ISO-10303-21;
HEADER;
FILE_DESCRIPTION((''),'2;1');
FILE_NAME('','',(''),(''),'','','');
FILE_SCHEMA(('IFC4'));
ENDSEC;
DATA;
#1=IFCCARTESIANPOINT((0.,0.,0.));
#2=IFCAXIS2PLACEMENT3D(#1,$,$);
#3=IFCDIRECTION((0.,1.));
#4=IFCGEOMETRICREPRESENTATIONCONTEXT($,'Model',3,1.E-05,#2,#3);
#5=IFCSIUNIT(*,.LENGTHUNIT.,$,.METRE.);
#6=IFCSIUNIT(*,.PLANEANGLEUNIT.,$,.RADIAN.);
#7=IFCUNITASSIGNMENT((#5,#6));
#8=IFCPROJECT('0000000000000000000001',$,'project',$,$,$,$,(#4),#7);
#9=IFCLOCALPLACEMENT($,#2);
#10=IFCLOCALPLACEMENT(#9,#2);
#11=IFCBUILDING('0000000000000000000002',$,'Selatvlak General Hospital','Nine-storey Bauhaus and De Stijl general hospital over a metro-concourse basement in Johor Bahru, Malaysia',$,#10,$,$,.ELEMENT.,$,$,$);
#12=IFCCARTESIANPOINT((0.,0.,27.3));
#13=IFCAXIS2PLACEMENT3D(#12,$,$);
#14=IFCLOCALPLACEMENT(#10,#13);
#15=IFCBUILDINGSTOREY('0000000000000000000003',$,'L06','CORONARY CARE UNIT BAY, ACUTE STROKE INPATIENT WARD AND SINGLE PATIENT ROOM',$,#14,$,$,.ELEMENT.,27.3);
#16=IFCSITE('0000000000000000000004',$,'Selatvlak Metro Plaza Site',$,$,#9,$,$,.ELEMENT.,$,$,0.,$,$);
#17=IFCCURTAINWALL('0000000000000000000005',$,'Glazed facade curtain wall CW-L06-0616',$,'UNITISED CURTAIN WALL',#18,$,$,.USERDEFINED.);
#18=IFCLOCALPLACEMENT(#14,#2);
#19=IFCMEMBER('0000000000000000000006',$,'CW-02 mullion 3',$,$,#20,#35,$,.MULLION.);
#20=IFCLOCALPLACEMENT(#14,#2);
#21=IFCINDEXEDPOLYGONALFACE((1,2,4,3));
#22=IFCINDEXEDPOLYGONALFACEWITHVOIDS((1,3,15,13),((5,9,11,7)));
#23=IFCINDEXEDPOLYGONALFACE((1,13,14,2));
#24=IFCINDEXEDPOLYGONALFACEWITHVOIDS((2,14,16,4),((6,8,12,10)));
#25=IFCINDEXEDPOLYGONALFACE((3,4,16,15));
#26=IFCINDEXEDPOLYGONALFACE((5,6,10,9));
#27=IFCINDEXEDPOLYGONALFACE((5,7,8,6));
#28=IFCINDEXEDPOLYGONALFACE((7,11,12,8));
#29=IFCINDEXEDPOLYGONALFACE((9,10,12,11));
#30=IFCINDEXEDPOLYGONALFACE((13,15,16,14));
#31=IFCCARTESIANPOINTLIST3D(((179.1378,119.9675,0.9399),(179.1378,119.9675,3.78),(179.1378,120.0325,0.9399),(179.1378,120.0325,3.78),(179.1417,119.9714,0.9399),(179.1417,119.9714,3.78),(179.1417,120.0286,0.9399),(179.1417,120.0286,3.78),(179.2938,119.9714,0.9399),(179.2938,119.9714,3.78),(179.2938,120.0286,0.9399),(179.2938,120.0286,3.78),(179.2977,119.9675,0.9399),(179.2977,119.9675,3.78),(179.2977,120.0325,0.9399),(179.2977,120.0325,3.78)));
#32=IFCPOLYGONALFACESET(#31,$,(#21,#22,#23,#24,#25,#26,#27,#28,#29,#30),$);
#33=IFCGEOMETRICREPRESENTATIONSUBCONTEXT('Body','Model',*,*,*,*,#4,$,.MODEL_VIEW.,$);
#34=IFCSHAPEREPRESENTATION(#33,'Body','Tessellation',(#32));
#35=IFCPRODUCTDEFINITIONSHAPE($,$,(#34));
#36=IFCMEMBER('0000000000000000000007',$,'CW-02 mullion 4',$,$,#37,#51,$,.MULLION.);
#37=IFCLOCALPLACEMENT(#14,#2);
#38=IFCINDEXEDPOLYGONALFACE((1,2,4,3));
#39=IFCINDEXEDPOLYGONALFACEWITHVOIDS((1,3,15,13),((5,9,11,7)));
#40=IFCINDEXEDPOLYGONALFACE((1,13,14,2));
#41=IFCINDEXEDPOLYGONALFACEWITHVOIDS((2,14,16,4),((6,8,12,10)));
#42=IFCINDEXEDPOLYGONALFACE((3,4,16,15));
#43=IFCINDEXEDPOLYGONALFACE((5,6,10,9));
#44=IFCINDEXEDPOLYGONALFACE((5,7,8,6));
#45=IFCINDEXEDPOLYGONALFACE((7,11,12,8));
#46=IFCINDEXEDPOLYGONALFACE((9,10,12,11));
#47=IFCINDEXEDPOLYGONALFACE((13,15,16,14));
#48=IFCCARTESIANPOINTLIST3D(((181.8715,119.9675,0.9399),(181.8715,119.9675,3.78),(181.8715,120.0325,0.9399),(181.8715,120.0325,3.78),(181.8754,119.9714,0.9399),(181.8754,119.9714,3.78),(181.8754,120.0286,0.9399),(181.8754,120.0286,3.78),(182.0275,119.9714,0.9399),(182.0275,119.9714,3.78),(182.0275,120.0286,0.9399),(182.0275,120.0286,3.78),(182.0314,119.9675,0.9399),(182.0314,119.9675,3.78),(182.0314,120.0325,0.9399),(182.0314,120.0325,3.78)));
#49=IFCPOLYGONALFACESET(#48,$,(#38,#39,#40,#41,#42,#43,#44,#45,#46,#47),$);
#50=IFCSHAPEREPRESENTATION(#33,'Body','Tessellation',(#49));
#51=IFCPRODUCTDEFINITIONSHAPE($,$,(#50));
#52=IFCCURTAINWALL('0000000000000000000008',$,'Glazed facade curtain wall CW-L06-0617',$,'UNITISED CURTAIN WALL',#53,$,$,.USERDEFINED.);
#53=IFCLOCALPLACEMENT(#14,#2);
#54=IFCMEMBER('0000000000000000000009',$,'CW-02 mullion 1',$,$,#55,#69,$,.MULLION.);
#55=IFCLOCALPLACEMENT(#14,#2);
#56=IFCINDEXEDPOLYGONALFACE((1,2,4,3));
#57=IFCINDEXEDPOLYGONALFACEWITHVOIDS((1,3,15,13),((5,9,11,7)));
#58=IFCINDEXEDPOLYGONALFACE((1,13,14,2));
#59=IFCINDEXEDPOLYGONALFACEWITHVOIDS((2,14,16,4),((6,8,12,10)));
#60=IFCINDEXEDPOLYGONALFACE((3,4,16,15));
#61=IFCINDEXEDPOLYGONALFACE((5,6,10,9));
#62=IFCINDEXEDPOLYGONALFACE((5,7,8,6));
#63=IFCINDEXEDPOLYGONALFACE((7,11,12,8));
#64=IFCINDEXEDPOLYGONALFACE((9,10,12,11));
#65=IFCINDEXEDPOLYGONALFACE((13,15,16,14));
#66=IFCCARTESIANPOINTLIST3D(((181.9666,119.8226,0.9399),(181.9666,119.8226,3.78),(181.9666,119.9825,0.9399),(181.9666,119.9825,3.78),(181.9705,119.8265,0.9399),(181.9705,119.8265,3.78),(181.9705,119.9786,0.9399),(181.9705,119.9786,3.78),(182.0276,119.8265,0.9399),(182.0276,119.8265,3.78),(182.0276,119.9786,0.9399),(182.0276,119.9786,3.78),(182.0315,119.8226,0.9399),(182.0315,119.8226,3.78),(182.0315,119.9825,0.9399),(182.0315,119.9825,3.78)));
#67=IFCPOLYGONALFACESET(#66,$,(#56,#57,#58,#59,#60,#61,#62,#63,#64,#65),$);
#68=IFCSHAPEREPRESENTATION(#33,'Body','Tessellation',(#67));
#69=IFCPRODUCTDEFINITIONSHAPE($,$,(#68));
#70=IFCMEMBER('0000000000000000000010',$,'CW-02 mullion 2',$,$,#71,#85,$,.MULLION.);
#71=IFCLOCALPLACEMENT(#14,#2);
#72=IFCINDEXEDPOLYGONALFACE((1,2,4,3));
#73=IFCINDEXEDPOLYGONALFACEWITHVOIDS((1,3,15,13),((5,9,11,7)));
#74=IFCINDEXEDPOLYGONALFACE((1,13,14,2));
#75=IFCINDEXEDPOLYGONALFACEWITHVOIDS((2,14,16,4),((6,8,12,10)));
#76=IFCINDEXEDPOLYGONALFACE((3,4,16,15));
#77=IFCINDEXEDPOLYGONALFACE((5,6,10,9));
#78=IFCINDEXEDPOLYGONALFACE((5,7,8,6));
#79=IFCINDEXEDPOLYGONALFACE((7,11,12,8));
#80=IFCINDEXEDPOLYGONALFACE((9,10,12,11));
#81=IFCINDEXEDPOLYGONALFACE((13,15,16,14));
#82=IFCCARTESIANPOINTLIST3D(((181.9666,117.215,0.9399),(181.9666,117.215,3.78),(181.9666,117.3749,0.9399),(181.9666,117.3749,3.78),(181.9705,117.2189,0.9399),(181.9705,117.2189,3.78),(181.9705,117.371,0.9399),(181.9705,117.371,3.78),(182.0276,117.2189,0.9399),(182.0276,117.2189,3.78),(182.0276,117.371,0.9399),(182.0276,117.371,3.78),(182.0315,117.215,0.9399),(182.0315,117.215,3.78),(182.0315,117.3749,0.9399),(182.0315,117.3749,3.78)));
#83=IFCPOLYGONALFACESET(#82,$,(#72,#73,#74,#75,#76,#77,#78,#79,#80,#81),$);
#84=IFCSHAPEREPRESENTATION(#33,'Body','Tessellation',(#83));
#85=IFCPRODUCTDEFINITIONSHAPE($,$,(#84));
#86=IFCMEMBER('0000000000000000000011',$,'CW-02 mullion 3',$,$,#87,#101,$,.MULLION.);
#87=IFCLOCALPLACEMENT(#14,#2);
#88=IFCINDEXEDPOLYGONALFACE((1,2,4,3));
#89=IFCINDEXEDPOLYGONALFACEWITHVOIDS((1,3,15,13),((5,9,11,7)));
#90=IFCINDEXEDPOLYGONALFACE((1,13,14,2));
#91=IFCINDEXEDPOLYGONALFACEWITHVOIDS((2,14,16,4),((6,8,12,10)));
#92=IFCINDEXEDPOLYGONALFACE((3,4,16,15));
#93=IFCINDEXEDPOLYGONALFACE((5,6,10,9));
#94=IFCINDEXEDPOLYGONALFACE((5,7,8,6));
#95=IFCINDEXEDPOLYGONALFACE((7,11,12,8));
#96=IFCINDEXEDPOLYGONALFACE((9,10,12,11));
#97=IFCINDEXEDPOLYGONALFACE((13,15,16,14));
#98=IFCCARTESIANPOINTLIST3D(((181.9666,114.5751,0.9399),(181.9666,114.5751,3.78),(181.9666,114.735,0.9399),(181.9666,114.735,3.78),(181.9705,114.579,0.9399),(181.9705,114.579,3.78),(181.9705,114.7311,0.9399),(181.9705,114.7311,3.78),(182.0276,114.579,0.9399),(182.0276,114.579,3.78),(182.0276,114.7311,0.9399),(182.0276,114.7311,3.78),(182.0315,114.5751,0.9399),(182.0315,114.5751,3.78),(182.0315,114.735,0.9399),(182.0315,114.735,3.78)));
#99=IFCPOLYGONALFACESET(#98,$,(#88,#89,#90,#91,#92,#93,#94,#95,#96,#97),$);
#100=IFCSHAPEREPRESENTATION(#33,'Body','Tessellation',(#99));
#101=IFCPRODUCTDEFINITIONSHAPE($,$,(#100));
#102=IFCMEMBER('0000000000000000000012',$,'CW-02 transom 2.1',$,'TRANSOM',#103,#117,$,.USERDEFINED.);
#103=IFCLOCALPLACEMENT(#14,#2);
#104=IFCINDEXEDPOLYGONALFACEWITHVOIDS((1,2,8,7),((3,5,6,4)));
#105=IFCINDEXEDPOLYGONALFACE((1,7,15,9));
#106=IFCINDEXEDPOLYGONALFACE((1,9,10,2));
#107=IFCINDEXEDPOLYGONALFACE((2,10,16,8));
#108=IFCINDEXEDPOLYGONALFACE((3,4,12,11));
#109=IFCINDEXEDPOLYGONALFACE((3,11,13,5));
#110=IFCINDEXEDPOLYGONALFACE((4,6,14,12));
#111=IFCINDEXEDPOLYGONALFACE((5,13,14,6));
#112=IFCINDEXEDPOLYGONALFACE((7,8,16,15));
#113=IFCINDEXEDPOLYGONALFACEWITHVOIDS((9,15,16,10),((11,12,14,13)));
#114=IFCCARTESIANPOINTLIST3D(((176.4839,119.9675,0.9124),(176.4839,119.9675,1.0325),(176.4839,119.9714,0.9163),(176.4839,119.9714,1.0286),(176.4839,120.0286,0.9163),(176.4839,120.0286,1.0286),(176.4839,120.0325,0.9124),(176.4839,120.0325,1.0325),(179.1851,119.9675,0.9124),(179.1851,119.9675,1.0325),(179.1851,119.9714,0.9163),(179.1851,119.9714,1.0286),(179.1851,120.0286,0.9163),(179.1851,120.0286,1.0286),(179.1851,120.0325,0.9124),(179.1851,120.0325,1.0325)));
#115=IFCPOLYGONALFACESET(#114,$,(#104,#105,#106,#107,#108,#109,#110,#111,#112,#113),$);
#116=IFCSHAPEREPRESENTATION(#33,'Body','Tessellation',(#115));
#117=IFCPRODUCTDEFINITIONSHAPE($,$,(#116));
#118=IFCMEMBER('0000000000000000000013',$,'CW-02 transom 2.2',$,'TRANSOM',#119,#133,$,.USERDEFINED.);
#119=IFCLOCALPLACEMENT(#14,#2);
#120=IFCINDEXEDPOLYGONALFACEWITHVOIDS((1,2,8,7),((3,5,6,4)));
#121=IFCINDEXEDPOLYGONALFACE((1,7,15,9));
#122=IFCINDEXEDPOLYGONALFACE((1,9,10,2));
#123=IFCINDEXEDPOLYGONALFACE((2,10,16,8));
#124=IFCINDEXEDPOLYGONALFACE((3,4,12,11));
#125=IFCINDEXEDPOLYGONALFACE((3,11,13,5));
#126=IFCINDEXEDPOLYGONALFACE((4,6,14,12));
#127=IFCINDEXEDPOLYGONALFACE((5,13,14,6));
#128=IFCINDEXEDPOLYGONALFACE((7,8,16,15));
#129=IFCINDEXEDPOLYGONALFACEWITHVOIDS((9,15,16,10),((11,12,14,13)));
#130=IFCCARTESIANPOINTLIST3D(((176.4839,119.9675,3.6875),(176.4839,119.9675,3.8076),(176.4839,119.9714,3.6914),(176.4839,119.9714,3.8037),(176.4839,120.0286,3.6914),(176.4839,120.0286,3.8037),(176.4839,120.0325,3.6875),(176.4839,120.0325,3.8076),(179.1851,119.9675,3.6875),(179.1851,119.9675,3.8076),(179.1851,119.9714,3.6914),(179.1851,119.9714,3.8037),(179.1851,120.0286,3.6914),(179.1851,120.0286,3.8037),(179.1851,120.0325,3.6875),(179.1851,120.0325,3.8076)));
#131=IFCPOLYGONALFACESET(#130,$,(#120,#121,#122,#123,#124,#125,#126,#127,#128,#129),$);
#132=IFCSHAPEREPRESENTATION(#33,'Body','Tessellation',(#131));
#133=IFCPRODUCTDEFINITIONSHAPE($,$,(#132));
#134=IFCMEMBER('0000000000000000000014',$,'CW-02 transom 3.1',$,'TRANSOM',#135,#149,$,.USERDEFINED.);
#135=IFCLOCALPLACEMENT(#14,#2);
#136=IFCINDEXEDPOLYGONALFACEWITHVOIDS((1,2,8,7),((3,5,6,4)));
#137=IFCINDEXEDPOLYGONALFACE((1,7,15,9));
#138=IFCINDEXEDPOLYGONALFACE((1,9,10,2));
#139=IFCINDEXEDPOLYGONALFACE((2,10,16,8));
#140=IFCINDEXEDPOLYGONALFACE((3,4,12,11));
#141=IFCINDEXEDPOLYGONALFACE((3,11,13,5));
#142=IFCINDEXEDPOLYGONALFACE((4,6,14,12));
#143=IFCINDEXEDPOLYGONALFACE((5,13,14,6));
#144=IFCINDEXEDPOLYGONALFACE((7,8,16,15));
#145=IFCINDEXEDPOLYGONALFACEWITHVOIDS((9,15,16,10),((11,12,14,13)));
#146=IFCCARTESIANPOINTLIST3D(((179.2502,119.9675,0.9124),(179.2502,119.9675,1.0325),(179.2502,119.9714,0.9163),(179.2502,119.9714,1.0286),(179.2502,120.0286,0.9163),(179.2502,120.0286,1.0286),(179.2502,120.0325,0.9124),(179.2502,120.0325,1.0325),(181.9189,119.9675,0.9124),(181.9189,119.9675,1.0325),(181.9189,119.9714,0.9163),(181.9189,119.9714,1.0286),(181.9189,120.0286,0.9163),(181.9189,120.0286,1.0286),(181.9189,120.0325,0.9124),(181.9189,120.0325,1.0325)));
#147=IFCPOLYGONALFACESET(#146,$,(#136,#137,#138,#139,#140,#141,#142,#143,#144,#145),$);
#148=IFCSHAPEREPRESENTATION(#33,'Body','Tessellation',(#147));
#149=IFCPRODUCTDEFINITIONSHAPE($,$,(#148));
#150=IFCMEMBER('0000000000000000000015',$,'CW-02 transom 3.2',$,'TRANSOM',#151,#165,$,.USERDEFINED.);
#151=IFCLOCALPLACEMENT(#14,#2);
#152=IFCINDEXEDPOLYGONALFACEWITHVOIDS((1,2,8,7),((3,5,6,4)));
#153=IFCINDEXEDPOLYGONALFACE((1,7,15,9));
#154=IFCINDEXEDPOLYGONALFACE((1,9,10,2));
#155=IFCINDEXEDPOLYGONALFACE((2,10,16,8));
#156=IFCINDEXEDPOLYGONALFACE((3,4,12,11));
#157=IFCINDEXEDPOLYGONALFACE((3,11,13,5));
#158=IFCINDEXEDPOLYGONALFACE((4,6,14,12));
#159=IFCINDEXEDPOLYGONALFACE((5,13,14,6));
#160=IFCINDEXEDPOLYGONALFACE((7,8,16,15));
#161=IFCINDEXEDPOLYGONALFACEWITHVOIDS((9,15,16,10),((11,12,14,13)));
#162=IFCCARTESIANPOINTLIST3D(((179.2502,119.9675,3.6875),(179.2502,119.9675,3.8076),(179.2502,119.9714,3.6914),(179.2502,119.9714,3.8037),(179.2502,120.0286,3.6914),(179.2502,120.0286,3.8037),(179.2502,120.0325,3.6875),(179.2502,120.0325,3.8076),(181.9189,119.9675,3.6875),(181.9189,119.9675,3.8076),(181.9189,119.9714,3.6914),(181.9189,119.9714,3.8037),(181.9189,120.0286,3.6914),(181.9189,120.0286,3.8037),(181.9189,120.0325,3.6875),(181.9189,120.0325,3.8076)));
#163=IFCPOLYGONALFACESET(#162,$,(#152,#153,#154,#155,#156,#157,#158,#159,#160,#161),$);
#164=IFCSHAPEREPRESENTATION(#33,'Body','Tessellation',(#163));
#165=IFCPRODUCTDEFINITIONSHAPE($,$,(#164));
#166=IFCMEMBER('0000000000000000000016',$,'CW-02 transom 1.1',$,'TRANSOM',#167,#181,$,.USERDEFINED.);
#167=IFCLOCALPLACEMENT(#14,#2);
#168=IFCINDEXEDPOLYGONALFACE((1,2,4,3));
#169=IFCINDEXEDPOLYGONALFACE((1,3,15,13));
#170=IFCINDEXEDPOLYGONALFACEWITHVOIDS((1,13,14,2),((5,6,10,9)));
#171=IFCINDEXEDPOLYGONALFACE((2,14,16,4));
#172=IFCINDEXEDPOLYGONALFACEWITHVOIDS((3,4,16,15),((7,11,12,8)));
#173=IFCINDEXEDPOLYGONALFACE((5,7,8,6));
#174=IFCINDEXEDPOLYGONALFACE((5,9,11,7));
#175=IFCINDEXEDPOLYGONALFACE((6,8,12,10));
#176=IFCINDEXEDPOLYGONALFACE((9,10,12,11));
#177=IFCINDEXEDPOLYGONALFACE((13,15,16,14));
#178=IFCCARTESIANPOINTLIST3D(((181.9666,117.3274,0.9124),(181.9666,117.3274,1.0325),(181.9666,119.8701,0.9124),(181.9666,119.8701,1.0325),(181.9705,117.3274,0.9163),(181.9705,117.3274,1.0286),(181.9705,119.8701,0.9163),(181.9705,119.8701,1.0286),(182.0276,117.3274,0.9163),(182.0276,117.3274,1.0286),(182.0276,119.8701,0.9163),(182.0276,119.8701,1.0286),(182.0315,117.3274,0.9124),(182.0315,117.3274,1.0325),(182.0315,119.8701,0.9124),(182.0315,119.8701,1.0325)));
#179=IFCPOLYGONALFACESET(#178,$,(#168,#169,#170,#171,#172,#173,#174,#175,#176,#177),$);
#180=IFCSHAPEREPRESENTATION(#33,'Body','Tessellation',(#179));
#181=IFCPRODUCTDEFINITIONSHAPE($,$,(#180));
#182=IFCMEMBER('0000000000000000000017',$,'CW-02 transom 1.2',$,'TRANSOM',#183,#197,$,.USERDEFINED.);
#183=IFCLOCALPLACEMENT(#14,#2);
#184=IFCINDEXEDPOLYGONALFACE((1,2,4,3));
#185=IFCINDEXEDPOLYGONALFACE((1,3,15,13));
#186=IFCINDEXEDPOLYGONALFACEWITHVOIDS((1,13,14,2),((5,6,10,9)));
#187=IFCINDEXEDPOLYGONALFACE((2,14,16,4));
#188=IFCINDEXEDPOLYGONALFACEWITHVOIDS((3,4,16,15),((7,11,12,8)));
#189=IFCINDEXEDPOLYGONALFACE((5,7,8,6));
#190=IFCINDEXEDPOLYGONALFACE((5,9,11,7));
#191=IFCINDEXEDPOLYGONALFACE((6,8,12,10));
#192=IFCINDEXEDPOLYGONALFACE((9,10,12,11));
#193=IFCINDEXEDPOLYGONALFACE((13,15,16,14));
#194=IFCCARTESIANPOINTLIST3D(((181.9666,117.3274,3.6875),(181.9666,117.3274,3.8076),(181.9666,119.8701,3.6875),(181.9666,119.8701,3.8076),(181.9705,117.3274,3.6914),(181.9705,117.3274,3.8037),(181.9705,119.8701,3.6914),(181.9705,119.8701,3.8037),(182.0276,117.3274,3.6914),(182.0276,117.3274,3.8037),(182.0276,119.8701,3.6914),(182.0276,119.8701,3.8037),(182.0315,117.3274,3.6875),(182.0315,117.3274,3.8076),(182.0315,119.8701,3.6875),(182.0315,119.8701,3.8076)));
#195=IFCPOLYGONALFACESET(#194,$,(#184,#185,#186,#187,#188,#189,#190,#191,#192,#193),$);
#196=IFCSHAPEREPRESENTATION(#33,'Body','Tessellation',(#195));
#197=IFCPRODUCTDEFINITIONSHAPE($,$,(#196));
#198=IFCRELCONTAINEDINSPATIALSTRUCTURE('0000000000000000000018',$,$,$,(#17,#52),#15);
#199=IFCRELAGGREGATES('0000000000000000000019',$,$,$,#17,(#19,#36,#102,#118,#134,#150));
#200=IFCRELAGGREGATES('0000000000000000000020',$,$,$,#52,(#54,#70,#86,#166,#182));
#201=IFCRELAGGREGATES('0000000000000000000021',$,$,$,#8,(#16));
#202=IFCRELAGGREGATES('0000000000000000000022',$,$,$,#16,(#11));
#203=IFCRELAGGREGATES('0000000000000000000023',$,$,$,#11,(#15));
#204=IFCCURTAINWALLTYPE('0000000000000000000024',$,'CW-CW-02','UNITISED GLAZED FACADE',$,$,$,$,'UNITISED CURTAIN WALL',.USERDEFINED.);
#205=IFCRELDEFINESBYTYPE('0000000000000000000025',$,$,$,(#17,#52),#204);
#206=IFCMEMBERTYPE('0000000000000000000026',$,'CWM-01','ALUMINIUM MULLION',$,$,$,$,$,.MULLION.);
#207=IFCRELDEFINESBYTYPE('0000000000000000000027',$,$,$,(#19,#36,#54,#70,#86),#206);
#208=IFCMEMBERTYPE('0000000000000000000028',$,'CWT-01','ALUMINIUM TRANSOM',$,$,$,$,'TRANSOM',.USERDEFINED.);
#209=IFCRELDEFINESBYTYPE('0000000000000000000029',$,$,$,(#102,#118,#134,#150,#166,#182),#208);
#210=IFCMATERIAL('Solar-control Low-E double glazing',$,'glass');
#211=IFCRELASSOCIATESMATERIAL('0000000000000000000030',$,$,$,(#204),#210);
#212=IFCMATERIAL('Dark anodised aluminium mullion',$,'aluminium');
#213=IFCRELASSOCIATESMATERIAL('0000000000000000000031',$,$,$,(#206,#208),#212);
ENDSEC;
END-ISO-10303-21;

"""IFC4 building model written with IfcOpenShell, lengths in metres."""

from ifc_helpers import new_model, si_unit, direction, frame, origin, origin_2d, place, context, subcontext, project, spatial, hollow_rectangle, extrude, material, material_profile, profile_set, type_object, element, aggregate, save


model = new_model("IFC4")

# Units and contexts
model_context = context("Model", 3, precision=1e-05, world=origin(), true_north=direction((0.0, 1.0)))
body_context = subcontext(model_context, "Body", "Model", "MODEL_VIEW")
ifc_project = project(units=[si_unit("LENGTHUNIT", "METRE"), si_unit("PLANEANGLEUNIT", "RADIAN")], contexts=[model_context])

# Site, building, storey
site_placement = place(None, origin())
site = spatial("IfcSite", under=ifc_project, at=site_placement, Name="Selatvlak Metro Plaza Site", CompositionType="ELEMENT", RefElevation=0.0)
building_placement = place(site_placement, origin())
building = spatial("IfcBuilding", under=site, at=building_placement, Name="Selatvlak General Hospital", Description="Nine-storey Bauhaus and De Stijl general hospital over a metro-concourse basement in Johor Bahru, Malaysia", CompositionType="ELEMENT")
storey_placement = place(building_placement, frame((0.0, 0.0, 27.3)))
storey = spatial("IfcBuildingStorey", under=building, at=storey_placement, Name="L06", Description="CORONARY CARE UNIT BAY, ACUTE STROKE INPATIENT WARD AND SINGLE PATIENT ROOM", CompositionType="ELEMENT", Elevation=27.3)

# Curtain walls, members
ifc_material_1 = material(Name="Solar-control Low-E double glazing", Category="glass")
curtain_wall_type = type_object("IfcCurtainWallType", Name="CW-CW-02", Description="UNITISED GLAZED FACADE", ElementType="UNITISED CURTAIN WALL", PredefinedType="USERDEFINED", material=ifc_material_1)
curtain_wall_1_placement = place(storey_placement, origin())
curtain_wall_1 = element("IfcCurtainWall", 1, at=curtain_wall_1_placement, inside=storey, type_object=curtain_wall_type, Name="Glazed facade curtain wall CW-L06-0616", ObjectType="UNITISED CURTAIN WALL", PredefinedType="USERDEFINED")
ifc_material_2 = material(Name="Dark anodised aluminium mullion", Category="aluminium")
ifc_material_profile_1 = material_profile(ifc_material_2, hollow_rectangle(XDim=0.0649, YDim=0.1599, WallThickness=0.0039, at=origin_2d()), Name="AL-MUL 65x160x4")
ifc_profile_set_1 = profile_set([ifc_material_profile_1], Name="Dark anodised aluminium mullion")
member_type_1 = type_object("IfcMemberType", Name="CWM-01", Description="ALUMINIUM MULLION", PredefinedType="MULLION", material=ifc_profile_set_1)
member_1_placement = place(storey_placement, frame((179.2178, 120.0, 0.9399), z_axis=(0.0, 0.0, 1.0), x_axis=(0.0, 1.0, 0.0)))
member_1 = element("IfcMember", 2, at=member_1_placement, type_object=member_type_1, Name="CW-02 mullion 3", PredefinedType="MULLION", context=body_context, shape_type="SweptSolid", body=[
    extrude(hollow_rectangle(XDim=0.0649, YDim=0.1599, WallThickness=0.0039, at=origin_2d()), origin(), (0.0, 0.0, 1.0), 2.8401),
])
member_2_placement = place(storey_placement, frame((181.9514, 120.0, 0.9399), z_axis=(0.0, 0.0, 1.0), x_axis=(0.0, 1.0, 0.0)))
member_2 = element("IfcMember", 3, at=member_2_placement, type_object=member_type_1, Name="CW-02 mullion 4", PredefinedType="MULLION", context=body_context, shape_type="SweptSolid", body=[
    extrude(hollow_rectangle(XDim=0.0649, YDim=0.1599, WallThickness=0.0039, at=origin_2d()), origin(), (0.0, 0.0, 1.0), 2.8401),
])
curtain_wall_2_placement = place(storey_placement, origin())
curtain_wall_2 = element("IfcCurtainWall", 4, at=curtain_wall_2_placement, inside=storey, type_object=curtain_wall_type, Name="Glazed facade curtain wall CW-L06-0617", ObjectType="UNITISED CURTAIN WALL", PredefinedType="USERDEFINED")
member_3_placement = place(storey_placement, frame((181.999, 119.9026, 0.9399), z_axis=(0.0, 0.0, 1.0), x_axis=(1.0, 0.0, 0.0)))
member_3 = element("IfcMember", 5, at=member_3_placement, type_object=member_type_1, Name="CW-02 mullion 1", PredefinedType="MULLION", context=body_context, shape_type="SweptSolid", body=[
    extrude(hollow_rectangle(XDim=0.0649, YDim=0.1599, WallThickness=0.0039, at=origin_2d()), origin(), (0.0, 0.0, 1.0), 2.8401),
])
member_4_placement = place(storey_placement, frame((181.999, 117.2949, 0.9399), z_axis=(0.0, 0.0, 1.0), x_axis=(1.0, 0.0, 0.0)))
member_4 = element("IfcMember", 6, at=member_4_placement, type_object=member_type_1, Name="CW-02 mullion 2", PredefinedType="MULLION", context=body_context, shape_type="SweptSolid", body=[
    extrude(hollow_rectangle(XDim=0.0649, YDim=0.1599, WallThickness=0.0039, at=origin_2d()), origin(), (0.0, 0.0, 1.0), 2.8401),
])
member_5_placement = place(storey_placement, frame((181.999, 114.655, 0.9399), z_axis=(0.0, 0.0, 1.0), x_axis=(1.0, 0.0, 0.0)))
member_5 = element("IfcMember", 7, at=member_5_placement, type_object=member_type_1, Name="CW-02 mullion 3", PredefinedType="MULLION", context=body_context, shape_type="SweptSolid", body=[
    extrude(hollow_rectangle(XDim=0.0649, YDim=0.1599, WallThickness=0.0039, at=origin_2d()), origin(), (0.0, 0.0, 1.0), 2.8401),
])

# Members
ifc_material_profile_2 = material_profile(ifc_material_2, hollow_rectangle(XDim=0.0649, YDim=0.1201, WallThickness=0.0039, at=origin_2d()), Name="AL-TRN 65x120x4")
ifc_profile_set_2 = profile_set([ifc_material_profile_2], Name="Dark anodised aluminium mullion")
member_type_2 = type_object("IfcMemberType", Name="CWT-01", Description="ALUMINIUM TRANSOM", ElementType="TRANSOM", PredefinedType="USERDEFINED", material=ifc_profile_set_2)
member_6_placement = place(storey_placement, frame((176.4839, 120.0, 0.9724), z_axis=(1.0, 0.0, 0.0), x_axis=(0.0, 1.0, 0.0)))
member_6 = element("IfcMember", 8, at=member_6_placement, type_object=member_type_2, Name="CW-02 transom 2.1", ObjectType="TRANSOM", PredefinedType="USERDEFINED", context=body_context, shape_type="SweptSolid", body=[
    extrude(hollow_rectangle(XDim=0.0649, YDim=0.1201, WallThickness=0.0039, at=origin_2d()), origin(), (0.0, 0.0, 1.0), 2.7012),
])
member_7_placement = place(storey_placement, frame((176.4839, 120.0, 3.7476), z_axis=(1.0, 0.0, 0.0), x_axis=(0.0, 1.0, 0.0)))
member_7 = element("IfcMember", 9, at=member_7_placement, type_object=member_type_2, Name="CW-02 transom 2.2", ObjectType="TRANSOM", PredefinedType="USERDEFINED", context=body_context, shape_type="SweptSolid", body=[
    extrude(hollow_rectangle(XDim=0.0649, YDim=0.1201, WallThickness=0.0039, at=origin_2d()), origin(), (0.0, 0.0, 1.0), 2.7012),
])
member_8_placement = place(storey_placement, frame((179.2502, 120.0, 0.9724), z_axis=(1.0, 0.0, 0.0), x_axis=(0.0, 1.0, 0.0)))
member_8 = element("IfcMember", 10, at=member_8_placement, type_object=member_type_2, Name="CW-02 transom 3.1", ObjectType="TRANSOM", PredefinedType="USERDEFINED", context=body_context, shape_type="SweptSolid", body=[
    extrude(hollow_rectangle(XDim=0.0649, YDim=0.1201, WallThickness=0.0039, at=origin_2d()), origin(), (0.0, 0.0, 1.0), 2.6687),
])
member_9_placement = place(storey_placement, frame((179.2502, 120.0, 3.7476), z_axis=(1.0, 0.0, 0.0), x_axis=(0.0, 1.0, 0.0)))
member_9 = element("IfcMember", 11, at=member_9_placement, type_object=member_type_2, Name="CW-02 transom 3.2", ObjectType="TRANSOM", PredefinedType="USERDEFINED", context=body_context, shape_type="SweptSolid", body=[
    extrude(hollow_rectangle(XDim=0.0649, YDim=0.1201, WallThickness=0.0039, at=origin_2d()), origin(), (0.0, 0.0, 1.0), 2.6687),
])
member_10_placement = place(storey_placement, frame((181.999, 119.8701, 0.9724), z_axis=(0.0, -1.0, 0.0), x_axis=(1.0, 0.0, 0.0)))
member_10 = element("IfcMember", 12, at=member_10_placement, type_object=member_type_2, Name="CW-02 transom 1.1", ObjectType="TRANSOM", PredefinedType="USERDEFINED", context=body_context, shape_type="SweptSolid", body=[
    extrude(hollow_rectangle(XDim=0.0649, YDim=0.1201, WallThickness=0.0039, at=origin_2d()), origin(), (0.0, 0.0, 1.0), 2.5427),
])
member_11_placement = place(storey_placement, frame((181.999, 119.8701, 3.7476), z_axis=(0.0, -1.0, 0.0), x_axis=(1.0, 0.0, 0.0)))
member_11 = element("IfcMember", 13, at=member_11_placement, type_object=member_type_2, Name="CW-02 transom 1.2", ObjectType="TRANSOM", PredefinedType="USERDEFINED", context=body_context, shape_type="SweptSolid", body=[
    extrude(hollow_rectangle(XDim=0.0649, YDim=0.1201, WallThickness=0.0039, at=origin_2d()), origin(), (0.0, 0.0, 1.0), 2.5427),
])

aggregate(curtain_wall_1, [member_1, member_2, member_6, member_7, member_8, member_9])
aggregate(curtain_wall_2, [member_3, member_4, member_5, member_10, member_11])

save(model, "model.ifc")
